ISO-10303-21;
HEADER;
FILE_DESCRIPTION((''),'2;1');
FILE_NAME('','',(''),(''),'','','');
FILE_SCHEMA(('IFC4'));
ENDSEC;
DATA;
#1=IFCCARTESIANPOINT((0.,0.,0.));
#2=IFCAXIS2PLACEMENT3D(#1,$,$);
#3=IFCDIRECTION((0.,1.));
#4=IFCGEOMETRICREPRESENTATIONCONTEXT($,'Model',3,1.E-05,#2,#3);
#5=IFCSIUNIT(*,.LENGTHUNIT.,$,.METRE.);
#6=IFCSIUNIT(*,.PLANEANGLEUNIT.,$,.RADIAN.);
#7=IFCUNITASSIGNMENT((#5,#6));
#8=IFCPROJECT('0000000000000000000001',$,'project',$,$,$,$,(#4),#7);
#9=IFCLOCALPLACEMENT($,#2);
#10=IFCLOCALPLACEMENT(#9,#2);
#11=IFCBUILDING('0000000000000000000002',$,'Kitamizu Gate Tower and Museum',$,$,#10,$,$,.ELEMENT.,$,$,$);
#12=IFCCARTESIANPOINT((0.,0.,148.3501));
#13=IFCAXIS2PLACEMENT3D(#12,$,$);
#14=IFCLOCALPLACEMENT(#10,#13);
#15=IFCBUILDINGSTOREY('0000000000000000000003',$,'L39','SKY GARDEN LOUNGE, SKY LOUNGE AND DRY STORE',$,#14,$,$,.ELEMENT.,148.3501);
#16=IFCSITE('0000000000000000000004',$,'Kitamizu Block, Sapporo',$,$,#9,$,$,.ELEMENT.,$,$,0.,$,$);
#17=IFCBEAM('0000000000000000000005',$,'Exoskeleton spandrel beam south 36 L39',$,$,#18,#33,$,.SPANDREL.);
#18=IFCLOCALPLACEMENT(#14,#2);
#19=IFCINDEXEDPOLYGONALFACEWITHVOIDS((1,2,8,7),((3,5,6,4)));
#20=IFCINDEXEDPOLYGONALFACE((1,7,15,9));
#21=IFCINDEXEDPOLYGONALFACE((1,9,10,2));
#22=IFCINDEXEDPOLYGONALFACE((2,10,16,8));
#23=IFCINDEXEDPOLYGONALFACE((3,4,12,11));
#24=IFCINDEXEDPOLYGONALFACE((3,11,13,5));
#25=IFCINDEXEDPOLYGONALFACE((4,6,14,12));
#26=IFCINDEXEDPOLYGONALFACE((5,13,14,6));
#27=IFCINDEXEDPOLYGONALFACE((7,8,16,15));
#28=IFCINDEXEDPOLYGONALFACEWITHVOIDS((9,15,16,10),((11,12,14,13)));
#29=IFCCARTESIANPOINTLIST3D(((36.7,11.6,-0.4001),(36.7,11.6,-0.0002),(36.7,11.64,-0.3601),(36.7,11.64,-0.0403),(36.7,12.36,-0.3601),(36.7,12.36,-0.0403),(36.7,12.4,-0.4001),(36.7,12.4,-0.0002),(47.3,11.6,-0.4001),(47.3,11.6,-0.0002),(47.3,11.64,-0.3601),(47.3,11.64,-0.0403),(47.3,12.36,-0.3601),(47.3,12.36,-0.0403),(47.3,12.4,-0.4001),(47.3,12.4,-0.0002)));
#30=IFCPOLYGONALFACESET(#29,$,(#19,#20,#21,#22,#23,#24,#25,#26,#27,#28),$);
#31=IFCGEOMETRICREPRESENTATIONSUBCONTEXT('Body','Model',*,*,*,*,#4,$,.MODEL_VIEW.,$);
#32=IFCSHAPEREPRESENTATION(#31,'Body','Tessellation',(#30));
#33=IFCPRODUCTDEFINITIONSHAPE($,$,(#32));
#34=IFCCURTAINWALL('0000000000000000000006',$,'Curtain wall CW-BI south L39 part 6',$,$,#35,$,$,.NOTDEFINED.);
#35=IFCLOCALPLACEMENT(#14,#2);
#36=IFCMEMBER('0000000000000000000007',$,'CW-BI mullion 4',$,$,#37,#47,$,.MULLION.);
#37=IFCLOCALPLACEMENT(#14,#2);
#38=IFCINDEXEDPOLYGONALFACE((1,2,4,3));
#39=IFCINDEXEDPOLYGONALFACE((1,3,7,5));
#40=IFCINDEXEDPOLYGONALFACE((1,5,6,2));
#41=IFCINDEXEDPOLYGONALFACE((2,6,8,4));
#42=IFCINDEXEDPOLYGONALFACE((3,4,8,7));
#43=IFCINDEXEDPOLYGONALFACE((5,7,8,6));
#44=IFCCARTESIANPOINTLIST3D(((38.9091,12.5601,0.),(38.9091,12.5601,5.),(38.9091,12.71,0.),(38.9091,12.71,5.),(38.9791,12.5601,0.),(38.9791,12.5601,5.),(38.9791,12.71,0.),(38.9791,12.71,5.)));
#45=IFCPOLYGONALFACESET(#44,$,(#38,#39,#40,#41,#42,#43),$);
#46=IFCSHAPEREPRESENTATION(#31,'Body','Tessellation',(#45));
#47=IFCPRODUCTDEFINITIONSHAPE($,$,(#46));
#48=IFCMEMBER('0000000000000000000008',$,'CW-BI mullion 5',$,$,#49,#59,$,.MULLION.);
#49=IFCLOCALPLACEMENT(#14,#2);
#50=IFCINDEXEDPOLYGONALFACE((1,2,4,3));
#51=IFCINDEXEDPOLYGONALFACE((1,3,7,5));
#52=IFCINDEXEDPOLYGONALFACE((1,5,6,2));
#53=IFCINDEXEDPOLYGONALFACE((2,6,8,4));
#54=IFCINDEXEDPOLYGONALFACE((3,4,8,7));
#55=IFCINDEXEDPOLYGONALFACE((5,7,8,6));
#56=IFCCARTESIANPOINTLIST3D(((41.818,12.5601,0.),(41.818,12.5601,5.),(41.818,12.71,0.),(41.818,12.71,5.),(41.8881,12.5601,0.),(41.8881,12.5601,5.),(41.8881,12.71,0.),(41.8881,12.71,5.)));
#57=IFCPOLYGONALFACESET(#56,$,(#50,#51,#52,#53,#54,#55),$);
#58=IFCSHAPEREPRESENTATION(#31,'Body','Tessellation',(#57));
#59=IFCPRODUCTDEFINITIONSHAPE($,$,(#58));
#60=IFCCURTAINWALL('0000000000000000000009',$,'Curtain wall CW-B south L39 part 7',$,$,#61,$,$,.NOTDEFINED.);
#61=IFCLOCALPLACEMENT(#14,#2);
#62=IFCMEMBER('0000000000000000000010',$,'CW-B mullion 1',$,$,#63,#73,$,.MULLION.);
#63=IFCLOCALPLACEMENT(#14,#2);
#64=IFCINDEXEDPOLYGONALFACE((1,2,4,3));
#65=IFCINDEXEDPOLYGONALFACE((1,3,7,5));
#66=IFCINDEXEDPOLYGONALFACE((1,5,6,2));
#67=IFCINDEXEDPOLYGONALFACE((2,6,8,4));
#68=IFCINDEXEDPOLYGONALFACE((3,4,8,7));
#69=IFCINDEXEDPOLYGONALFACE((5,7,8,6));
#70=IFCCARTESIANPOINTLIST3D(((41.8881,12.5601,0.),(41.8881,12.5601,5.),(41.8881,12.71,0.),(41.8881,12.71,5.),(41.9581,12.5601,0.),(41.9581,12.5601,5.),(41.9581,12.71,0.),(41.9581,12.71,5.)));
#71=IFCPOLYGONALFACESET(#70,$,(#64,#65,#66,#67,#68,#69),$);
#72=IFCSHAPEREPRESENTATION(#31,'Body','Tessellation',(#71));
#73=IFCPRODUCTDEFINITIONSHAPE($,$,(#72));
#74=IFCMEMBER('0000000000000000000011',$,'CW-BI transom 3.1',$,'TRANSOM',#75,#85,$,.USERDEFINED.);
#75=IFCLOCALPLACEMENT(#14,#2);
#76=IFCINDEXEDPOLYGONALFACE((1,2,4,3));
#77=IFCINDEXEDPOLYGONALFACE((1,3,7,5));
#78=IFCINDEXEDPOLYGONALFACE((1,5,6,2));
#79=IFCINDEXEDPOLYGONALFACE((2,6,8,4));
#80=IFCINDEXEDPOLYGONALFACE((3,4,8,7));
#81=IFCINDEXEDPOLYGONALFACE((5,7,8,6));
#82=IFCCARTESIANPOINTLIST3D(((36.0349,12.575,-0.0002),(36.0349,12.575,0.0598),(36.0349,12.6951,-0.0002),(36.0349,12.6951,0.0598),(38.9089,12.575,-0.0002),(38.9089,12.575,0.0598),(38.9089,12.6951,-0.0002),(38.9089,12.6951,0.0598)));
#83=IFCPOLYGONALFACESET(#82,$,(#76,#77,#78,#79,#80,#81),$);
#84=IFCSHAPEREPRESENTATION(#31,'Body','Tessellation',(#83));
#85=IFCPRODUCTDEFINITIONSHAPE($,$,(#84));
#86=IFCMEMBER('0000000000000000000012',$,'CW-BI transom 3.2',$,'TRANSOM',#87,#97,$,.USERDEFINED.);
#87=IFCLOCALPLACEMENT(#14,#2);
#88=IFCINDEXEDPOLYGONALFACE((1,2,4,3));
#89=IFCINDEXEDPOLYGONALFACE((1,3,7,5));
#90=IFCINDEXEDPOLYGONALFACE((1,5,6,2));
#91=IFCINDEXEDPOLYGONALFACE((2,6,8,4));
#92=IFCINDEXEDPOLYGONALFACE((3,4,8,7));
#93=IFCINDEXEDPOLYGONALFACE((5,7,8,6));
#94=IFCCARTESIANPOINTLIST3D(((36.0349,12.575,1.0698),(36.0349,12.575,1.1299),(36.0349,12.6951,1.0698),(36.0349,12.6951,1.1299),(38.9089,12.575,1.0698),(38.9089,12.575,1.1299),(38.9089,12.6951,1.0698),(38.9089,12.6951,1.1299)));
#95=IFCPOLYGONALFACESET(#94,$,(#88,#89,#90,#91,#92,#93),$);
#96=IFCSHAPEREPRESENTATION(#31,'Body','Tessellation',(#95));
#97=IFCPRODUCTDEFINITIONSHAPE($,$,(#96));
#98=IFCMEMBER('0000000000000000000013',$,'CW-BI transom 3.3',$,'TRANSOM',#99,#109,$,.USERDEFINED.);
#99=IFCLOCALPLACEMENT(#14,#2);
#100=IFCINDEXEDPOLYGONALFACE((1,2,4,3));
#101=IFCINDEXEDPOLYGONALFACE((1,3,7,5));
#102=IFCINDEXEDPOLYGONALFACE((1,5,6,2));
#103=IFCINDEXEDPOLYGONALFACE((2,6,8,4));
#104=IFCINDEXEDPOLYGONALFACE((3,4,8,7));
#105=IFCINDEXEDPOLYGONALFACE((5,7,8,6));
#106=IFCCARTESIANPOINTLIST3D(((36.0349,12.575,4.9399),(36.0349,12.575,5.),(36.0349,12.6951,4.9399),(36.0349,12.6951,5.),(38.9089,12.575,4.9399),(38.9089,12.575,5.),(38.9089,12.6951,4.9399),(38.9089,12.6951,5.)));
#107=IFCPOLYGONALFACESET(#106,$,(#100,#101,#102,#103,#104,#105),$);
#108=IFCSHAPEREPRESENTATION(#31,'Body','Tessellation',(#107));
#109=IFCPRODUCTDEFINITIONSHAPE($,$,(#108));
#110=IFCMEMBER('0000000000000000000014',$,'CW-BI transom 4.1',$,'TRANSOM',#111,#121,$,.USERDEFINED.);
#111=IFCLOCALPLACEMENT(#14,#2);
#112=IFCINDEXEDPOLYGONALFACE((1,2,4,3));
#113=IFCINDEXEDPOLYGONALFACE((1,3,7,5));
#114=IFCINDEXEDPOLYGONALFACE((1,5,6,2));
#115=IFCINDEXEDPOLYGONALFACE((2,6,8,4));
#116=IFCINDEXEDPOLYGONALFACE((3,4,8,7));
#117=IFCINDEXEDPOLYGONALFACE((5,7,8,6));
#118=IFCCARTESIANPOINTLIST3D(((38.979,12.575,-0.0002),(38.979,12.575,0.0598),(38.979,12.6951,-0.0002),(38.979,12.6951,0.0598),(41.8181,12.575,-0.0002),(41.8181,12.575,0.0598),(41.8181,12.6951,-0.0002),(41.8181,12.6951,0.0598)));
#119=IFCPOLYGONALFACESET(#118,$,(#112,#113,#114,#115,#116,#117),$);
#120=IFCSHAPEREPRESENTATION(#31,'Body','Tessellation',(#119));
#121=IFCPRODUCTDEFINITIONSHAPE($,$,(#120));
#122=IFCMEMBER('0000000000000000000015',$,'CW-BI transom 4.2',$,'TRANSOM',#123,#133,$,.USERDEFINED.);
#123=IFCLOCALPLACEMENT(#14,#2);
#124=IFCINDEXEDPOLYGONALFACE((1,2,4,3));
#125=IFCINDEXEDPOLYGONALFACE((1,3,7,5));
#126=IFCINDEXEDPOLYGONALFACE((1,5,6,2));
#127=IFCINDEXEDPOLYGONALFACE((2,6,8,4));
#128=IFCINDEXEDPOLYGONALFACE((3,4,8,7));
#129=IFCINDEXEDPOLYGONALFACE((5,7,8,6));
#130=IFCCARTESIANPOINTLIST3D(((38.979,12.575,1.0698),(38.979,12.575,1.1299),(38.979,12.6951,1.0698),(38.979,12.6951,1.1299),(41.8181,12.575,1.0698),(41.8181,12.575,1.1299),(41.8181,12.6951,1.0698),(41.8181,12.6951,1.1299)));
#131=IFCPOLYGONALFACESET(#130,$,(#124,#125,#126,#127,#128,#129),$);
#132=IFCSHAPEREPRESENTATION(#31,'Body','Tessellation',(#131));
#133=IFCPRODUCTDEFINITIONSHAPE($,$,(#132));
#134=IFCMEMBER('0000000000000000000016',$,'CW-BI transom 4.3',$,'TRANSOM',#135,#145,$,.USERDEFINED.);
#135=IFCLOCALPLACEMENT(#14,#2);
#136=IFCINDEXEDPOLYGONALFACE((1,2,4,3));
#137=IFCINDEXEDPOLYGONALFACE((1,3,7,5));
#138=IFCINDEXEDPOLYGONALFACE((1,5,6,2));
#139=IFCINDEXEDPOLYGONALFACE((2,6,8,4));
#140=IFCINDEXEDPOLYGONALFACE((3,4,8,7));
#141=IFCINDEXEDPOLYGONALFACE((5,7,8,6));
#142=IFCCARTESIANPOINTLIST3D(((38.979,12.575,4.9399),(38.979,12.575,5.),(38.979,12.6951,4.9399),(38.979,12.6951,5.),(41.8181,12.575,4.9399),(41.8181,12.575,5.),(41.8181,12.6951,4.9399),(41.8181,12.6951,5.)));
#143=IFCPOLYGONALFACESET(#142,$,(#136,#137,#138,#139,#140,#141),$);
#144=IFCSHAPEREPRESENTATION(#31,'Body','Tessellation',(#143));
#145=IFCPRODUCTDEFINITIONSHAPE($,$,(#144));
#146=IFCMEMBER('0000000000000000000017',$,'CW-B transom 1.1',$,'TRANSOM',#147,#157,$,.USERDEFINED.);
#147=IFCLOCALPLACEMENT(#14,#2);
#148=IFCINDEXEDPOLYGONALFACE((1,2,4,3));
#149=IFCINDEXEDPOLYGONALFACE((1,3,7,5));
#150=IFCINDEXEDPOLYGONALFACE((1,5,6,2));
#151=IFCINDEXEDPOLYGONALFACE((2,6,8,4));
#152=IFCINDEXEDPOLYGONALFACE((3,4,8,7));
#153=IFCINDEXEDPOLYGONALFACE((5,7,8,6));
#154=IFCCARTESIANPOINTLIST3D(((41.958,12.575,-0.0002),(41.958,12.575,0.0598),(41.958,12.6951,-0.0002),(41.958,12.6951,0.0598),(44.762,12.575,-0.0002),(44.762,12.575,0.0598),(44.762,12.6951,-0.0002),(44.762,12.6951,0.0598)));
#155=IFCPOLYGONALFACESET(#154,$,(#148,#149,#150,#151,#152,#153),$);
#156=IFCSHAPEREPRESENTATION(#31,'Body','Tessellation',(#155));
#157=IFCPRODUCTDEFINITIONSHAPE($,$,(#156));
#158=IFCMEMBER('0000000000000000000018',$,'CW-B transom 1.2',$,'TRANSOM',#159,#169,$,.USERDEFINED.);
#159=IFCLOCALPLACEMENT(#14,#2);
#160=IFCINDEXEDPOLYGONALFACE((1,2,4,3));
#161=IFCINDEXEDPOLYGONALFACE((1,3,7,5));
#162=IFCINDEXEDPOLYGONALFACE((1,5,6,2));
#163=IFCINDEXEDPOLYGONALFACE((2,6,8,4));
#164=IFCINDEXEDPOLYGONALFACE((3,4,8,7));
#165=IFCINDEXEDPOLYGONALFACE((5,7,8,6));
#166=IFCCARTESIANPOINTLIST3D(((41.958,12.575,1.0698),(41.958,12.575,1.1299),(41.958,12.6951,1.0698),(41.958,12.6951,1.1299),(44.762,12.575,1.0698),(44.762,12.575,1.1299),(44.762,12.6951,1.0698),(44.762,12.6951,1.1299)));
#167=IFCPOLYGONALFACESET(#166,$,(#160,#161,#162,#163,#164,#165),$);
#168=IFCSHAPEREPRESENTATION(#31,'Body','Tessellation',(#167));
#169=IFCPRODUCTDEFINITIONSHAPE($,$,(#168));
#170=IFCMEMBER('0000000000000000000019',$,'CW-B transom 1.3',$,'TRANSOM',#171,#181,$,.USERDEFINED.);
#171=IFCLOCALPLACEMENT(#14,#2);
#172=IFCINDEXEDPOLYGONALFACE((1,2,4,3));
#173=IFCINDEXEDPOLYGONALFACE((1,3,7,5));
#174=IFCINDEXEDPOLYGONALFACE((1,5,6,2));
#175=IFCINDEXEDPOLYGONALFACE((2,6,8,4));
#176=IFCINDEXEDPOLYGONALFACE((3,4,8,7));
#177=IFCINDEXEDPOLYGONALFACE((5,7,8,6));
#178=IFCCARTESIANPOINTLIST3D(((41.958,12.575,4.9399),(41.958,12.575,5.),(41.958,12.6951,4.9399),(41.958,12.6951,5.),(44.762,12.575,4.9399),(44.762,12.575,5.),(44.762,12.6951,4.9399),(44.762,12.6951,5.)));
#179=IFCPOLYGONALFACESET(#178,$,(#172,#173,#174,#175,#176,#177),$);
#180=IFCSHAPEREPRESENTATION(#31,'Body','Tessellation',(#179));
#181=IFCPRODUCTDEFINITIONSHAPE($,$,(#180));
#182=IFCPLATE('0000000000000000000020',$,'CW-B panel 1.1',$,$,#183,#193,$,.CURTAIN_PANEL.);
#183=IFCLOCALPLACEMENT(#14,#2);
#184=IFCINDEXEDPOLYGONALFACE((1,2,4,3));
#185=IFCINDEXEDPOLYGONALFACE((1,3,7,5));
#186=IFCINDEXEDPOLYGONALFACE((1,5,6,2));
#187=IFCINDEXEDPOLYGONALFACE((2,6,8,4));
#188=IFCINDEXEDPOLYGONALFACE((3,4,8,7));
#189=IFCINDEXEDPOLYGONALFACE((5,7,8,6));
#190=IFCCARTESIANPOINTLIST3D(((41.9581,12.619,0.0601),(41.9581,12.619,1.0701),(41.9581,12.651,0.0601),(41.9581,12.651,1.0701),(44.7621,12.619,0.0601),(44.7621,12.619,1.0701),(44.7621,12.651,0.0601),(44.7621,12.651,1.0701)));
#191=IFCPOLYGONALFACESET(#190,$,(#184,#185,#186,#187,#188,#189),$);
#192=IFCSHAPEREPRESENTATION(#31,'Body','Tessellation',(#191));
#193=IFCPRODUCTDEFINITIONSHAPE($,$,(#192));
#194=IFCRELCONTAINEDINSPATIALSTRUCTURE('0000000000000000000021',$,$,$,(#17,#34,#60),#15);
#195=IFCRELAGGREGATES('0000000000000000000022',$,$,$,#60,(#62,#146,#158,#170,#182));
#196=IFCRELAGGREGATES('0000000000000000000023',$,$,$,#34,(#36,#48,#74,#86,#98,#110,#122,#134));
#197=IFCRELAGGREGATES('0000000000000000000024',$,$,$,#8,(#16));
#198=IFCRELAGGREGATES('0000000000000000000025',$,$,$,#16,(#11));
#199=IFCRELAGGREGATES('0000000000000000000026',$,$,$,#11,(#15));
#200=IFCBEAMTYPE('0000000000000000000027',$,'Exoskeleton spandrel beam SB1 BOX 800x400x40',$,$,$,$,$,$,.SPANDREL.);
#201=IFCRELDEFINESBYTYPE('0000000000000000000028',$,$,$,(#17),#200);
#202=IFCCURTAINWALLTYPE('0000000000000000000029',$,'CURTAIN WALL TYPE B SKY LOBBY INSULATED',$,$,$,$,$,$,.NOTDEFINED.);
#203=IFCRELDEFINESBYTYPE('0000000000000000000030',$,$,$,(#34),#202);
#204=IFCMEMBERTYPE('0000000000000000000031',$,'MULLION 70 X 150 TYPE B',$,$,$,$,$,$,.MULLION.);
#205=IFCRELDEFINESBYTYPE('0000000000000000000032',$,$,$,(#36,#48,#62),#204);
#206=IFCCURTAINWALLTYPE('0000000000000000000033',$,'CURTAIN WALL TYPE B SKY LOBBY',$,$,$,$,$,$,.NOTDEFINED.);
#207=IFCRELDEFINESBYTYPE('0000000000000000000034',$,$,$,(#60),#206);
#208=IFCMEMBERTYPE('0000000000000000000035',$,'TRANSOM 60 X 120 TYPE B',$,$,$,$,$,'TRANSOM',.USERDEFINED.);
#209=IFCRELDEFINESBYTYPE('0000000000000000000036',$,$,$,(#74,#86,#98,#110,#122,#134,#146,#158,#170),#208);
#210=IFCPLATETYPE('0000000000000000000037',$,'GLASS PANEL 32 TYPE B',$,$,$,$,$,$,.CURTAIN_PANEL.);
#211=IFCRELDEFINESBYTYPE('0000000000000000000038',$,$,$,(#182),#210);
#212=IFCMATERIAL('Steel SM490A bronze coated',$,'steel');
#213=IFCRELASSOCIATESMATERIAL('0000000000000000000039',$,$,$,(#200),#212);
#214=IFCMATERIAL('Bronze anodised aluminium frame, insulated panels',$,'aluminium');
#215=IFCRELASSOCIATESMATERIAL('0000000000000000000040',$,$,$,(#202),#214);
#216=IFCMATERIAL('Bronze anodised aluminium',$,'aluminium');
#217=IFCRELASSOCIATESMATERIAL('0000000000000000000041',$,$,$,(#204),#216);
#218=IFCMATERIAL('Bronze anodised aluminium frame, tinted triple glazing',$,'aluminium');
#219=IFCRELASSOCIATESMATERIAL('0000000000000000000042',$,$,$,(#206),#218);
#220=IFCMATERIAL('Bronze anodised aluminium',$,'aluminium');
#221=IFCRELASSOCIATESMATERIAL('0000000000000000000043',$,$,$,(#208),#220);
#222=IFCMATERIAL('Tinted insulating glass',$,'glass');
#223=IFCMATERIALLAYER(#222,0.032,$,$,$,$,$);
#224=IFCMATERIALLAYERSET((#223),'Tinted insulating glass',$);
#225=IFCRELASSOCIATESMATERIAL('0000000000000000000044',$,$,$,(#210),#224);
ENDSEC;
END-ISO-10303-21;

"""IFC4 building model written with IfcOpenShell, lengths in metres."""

from ifc_helpers import new_model, si_unit, direction, frame, origin, origin_2d, place, context, subcontext, project, spatial, rectangle, hollow_rectangle, extrude, material, layer, layer_set, material_profile, profile_set, type_object, element, aggregate, save


model = new_model("IFC4")

# Units and contexts
model_context = context("Model", 3, precision=1e-05, world=origin(), true_north=direction((0.0, 1.0)))
body_context = subcontext(model_context, "Body", "Model", "MODEL_VIEW")
ifc_project = project(units=[si_unit("LENGTHUNIT", "METRE"), si_unit("PLANEANGLEUNIT", "RADIAN")], contexts=[model_context])

# Site, building, storey
site_placement = place(None, origin())
site = spatial("IfcSite", under=ifc_project, at=site_placement, Name="Kitamizu Block, Sapporo", CompositionType="ELEMENT", RefElevation=0.0)
building_placement = place(site_placement, origin())
building = spatial("IfcBuilding", under=site, at=building_placement, Name="Kitamizu Gate Tower and Museum", CompositionType="ELEMENT")
storey_placement = place(building_placement, frame((0.0, 0.0, 148.3501)))
storey = spatial("IfcBuildingStorey", under=building, at=storey_placement, Name="L39", Description="SKY GARDEN LOUNGE, SKY LOUNGE AND DRY STORE", CompositionType="ELEMENT", Elevation=148.3501)

# Beam
ifc_material_1 = material(Name="Steel SM490A bronze coated", Category="steel")
ifc_material_profile_1 = material_profile(ifc_material_1, hollow_rectangle(XDim=0.8, YDim=0.3999, WallThickness=0.04, at=origin_2d()), Name="BOX 800x400x40")
ifc_profile_set_1 = profile_set([ifc_material_profile_1], Name="Steel SM490A bronze coated")
beam_type = type_object("IfcBeamType", Name="Exoskeleton spandrel beam SB1 BOX 800x400x40", PredefinedType="SPANDREL", material=ifc_profile_set_1)
beam_placement = place(storey_placement, frame((36.7, 12.0, -0.2002), z_axis=(1.0, 0.0, 0.0), x_axis=(0.0, 1.0, 0.0)))
element("IfcBeam", 1, at=beam_placement, inside=storey, type_object=beam_type, Name="Exoskeleton spandrel beam south 36 L39", PredefinedType="SPANDREL", context=body_context, shape_type="SweptSolid", body=[
    extrude(hollow_rectangle(XDim=0.8, YDim=0.3999, WallThickness=0.04, at=origin_2d()), origin(), (0.0, 0.0, 1.0), 10.6001),
])

# Curtain wall, members
ifc_material_2 = material(Name="Bronze anodised aluminium frame, insulated panels", Category="aluminium")
curtain_wall_type_1 = type_object("IfcCurtainWallType", Name="CURTAIN WALL TYPE B SKY LOBBY INSULATED", PredefinedType="NOTDEFINED", material=ifc_material_2)
curtain_wall_1_placement = place(storey_placement, origin())
curtain_wall_1 = element("IfcCurtainWall", 2, at=curtain_wall_1_placement, inside=storey, type_object=curtain_wall_type_1, Name="Curtain wall CW-BI south L39 part 6", PredefinedType="NOTDEFINED")
ifc_material_3 = material(Name="Bronze anodised aluminium", Category="aluminium")
ifc_material_profile_2 = material_profile(ifc_material_3, rectangle(XDim=0.0701, YDim=0.1499, at=origin_2d()), Name="AL 70X150")
ifc_profile_set_2 = profile_set([ifc_material_profile_2], Name="Bronze anodised aluminium")
member_type_1 = type_object("IfcMemberType", Name="MULLION 70 X 150 TYPE B", PredefinedType="MULLION", material=ifc_profile_set_2)
member_1_placement = place(storey_placement, frame((38.9441, 12.635, 0.0), z_axis=(0.0, 0.0, 1.0), x_axis=(1.0, 0.0, 0.0)))
member_1 = element("IfcMember", 3, at=member_1_placement, type_object=member_type_1, Name="CW-BI mullion 4", PredefinedType="MULLION", context=body_context, shape_type="SweptSolid", body=[
    extrude(rectangle(XDim=0.0701, YDim=0.1499, at=origin_2d()), origin(), (0.0, 0.0, 1.0), 5.0),
])
member_2_placement = place(storey_placement, frame((41.853, 12.635, 0.0), z_axis=(0.0, 0.0, 1.0), x_axis=(1.0, 0.0, 0.0)))
member_2 = element("IfcMember", 4, at=member_2_placement, type_object=member_type_1, Name="CW-BI mullion 5", PredefinedType="MULLION", context=body_context, shape_type="SweptSolid", body=[
    extrude(rectangle(XDim=0.0701, YDim=0.1499, at=origin_2d()), origin(), (0.0, 0.0, 1.0), 5.0),
])

# Curtain wall, member
ifc_material_4 = material(Name="Bronze anodised aluminium frame, tinted triple glazing", Category="aluminium")
curtain_wall_type_2 = type_object("IfcCurtainWallType", Name="CURTAIN WALL TYPE B SKY LOBBY", PredefinedType="NOTDEFINED", material=ifc_material_4)
curtain_wall_2_placement = place(storey_placement, origin())
curtain_wall_2 = element("IfcCurtainWall", 5, at=curtain_wall_2_placement, inside=storey, type_object=curtain_wall_type_2, Name="Curtain wall CW-B south L39 part 7", PredefinedType="NOTDEFINED")
member_3_placement = place(storey_placement, frame((41.9231, 12.635, 0.0), z_axis=(0.0, 0.0, 1.0), x_axis=(1.0, 0.0, 0.0)))
member_3 = element("IfcMember", 6, at=member_3_placement, type_object=member_type_1, Name="CW-B mullion 1", PredefinedType="MULLION", context=body_context, shape_type="SweptSolid", body=[
    extrude(rectangle(XDim=0.0701, YDim=0.1499, at=origin_2d()), origin(), (0.0, 0.0, 1.0), 5.0),
])

# Members
ifc_material_5 = material(Name="Bronze anodised aluminium", Category="aluminium")
ifc_material_profile_3 = material_profile(ifc_material_5, rectangle(XDim=0.1201, YDim=0.0601, at=origin_2d()), Name="AL 60X120")
ifc_profile_set_3 = profile_set([ifc_material_profile_3], Name="Bronze anodised aluminium")
member_type_2 = type_object("IfcMemberType", Name="TRANSOM 60 X 120 TYPE B", ElementType="TRANSOM", PredefinedType="USERDEFINED", material=ifc_profile_set_3)
member_4_placement = place(storey_placement, frame((36.0349, 12.635, 0.0298), z_axis=(1.0, 0.0, 0.0), x_axis=(0.0, 1.0, 0.0)))
member_4 = element("IfcMember", 7, at=member_4_placement, type_object=member_type_2, Name="CW-BI transom 3.1", ObjectType="TRANSOM", PredefinedType="USERDEFINED", context=body_context, shape_type="SweptSolid", body=[
    extrude(rectangle(XDim=0.1201, YDim=0.0601, at=origin_2d()), origin(), (0.0, 0.0, 1.0), 2.874),
])
member_5_placement = place(storey_placement, frame((36.0349, 12.635, 1.0999), z_axis=(1.0, 0.0, 0.0), x_axis=(0.0, 1.0, 0.0)))
member_5 = element("IfcMember", 8, at=member_5_placement, type_object=member_type_2, Name="CW-BI transom 3.2", ObjectType="TRANSOM", PredefinedType="USERDEFINED", context=body_context, shape_type="SweptSolid", body=[
    extrude(rectangle(XDim=0.1201, YDim=0.0601, at=origin_2d()), origin(), (0.0, 0.0, 1.0), 2.874),
])
member_6_placement = place(storey_placement, frame((36.0349, 12.635, 4.97), z_axis=(1.0, 0.0, 0.0), x_axis=(0.0, 1.0, 0.0)))
member_6 = element("IfcMember", 9, at=member_6_placement, type_object=member_type_2, Name="CW-BI transom 3.3", ObjectType="TRANSOM", PredefinedType="USERDEFINED", context=body_context, shape_type="SweptSolid", body=[
    extrude(rectangle(XDim=0.1201, YDim=0.0601, at=origin_2d()), origin(), (0.0, 0.0, 1.0), 2.874),
])
member_7_placement = place(storey_placement, frame((38.979, 12.635, 0.0298), z_axis=(1.0, 0.0, 0.0), x_axis=(0.0, 1.0, 0.0)))
member_7 = element("IfcMember", 10, at=member_7_placement, type_object=member_type_2, Name="CW-BI transom 4.1", ObjectType="TRANSOM", PredefinedType="USERDEFINED", context=body_context, shape_type="SweptSolid", body=[
    extrude(rectangle(XDim=0.1201, YDim=0.0601, at=origin_2d()), origin(), (0.0, 0.0, 1.0), 2.8391),
])
member_8_placement = place(storey_placement, frame((38.979, 12.635, 1.0999), z_axis=(1.0, 0.0, 0.0), x_axis=(0.0, 1.0, 0.0)))
member_8 = element("IfcMember", 11, at=member_8_placement, type_object=member_type_2, Name="CW-BI transom 4.2", ObjectType="TRANSOM", PredefinedType="USERDEFINED", context=body_context, shape_type="SweptSolid", body=[
    extrude(rectangle(XDim=0.1201, YDim=0.0601, at=origin_2d()), origin(), (0.0, 0.0, 1.0), 2.8391),
])
member_9_placement = place(storey_placement, frame((38.979, 12.635, 4.97), z_axis=(1.0, 0.0, 0.0), x_axis=(0.0, 1.0, 0.0)))
member_9 = element("IfcMember", 12, at=member_9_placement, type_object=member_type_2, Name="CW-BI transom 4.3", ObjectType="TRANSOM", PredefinedType="USERDEFINED", context=body_context, shape_type="SweptSolid", body=[
    extrude(rectangle(XDim=0.1201, YDim=0.0601, at=origin_2d()), origin(), (0.0, 0.0, 1.0), 2.8391),
])
member_10_placement = place(storey_placement, frame((41.958, 12.635, 0.0298), z_axis=(1.0, 0.0, 0.0), x_axis=(0.0, 1.0, 0.0)))
member_10 = element("IfcMember", 13, at=member_10_placement, type_object=member_type_2, Name="CW-B transom 1.1", ObjectType="TRANSOM", PredefinedType="USERDEFINED", context=body_context, shape_type="SweptSolid", body=[
    extrude(rectangle(XDim=0.1201, YDim=0.0601, at=origin_2d()), origin(), (0.0, 0.0, 1.0), 2.804),
])
member_11_placement = place(storey_placement, frame((41.958, 12.635, 1.0999), z_axis=(1.0, 0.0, 0.0), x_axis=(0.0, 1.0, 0.0)))
member_11 = element("IfcMember", 14, at=member_11_placement, type_object=member_type_2, Name="CW-B transom 1.2", ObjectType="TRANSOM", PredefinedType="USERDEFINED", context=body_context, shape_type="SweptSolid", body=[
    extrude(rectangle(XDim=0.1201, YDim=0.0601, at=origin_2d()), origin(), (0.0, 0.0, 1.0), 2.804),
])
member_12_placement = place(storey_placement, frame((41.958, 12.635, 4.97), z_axis=(1.0, 0.0, 0.0), x_axis=(0.0, 1.0, 0.0)))
member_12 = element("IfcMember", 15, at=member_12_placement, type_object=member_type_2, Name="CW-B transom 1.3", ObjectType="TRANSOM", PredefinedType="USERDEFINED", context=body_context, shape_type="SweptSolid", body=[
    extrude(rectangle(XDim=0.1201, YDim=0.0601, at=origin_2d()), origin(), (0.0, 0.0, 1.0), 2.804),
])

# Plate
ifc_material_6 = material(Name="Tinted insulating glass", Category="glass")
ifc_layer_1 = layer(ifc_material_6, 0.032)
ifc_layer_set_1 = layer_set([ifc_layer_1], Name="Tinted insulating glass")
plate_type_1 = type_object("IfcPlateType", Name="GLASS PANEL 32 TYPE B", PredefinedType="CURTAIN_PANEL", material=ifc_layer_set_1)
plate_1_placement = place(storey_placement, frame((43.3601, 12.635, 0.0601), z_axis=(0.0, 0.0, 1.0), x_axis=(1.0, 0.0, 0.0)))
plate_1 = element("IfcPlate", 16, at=plate_1_placement, type_object=plate_type_1, Name="CW-B panel 1.1", PredefinedType="CURTAIN_PANEL", context=body_context, shape_type="SweptSolid", body=[
    extrude(rectangle(XDim=2.804, YDim=0.032, at=origin_2d()), origin(), (0.0, 0.0, 1.0), 1.01),
])
aggregate(curtain_wall_2, [member_3, member_10, member_11, member_12, plate_1])
aggregate(curtain_wall_1, [member_1, member_2, member_4, member_5, member_6, member_7, member_8, member_9])

save(model, "model.ifc")
